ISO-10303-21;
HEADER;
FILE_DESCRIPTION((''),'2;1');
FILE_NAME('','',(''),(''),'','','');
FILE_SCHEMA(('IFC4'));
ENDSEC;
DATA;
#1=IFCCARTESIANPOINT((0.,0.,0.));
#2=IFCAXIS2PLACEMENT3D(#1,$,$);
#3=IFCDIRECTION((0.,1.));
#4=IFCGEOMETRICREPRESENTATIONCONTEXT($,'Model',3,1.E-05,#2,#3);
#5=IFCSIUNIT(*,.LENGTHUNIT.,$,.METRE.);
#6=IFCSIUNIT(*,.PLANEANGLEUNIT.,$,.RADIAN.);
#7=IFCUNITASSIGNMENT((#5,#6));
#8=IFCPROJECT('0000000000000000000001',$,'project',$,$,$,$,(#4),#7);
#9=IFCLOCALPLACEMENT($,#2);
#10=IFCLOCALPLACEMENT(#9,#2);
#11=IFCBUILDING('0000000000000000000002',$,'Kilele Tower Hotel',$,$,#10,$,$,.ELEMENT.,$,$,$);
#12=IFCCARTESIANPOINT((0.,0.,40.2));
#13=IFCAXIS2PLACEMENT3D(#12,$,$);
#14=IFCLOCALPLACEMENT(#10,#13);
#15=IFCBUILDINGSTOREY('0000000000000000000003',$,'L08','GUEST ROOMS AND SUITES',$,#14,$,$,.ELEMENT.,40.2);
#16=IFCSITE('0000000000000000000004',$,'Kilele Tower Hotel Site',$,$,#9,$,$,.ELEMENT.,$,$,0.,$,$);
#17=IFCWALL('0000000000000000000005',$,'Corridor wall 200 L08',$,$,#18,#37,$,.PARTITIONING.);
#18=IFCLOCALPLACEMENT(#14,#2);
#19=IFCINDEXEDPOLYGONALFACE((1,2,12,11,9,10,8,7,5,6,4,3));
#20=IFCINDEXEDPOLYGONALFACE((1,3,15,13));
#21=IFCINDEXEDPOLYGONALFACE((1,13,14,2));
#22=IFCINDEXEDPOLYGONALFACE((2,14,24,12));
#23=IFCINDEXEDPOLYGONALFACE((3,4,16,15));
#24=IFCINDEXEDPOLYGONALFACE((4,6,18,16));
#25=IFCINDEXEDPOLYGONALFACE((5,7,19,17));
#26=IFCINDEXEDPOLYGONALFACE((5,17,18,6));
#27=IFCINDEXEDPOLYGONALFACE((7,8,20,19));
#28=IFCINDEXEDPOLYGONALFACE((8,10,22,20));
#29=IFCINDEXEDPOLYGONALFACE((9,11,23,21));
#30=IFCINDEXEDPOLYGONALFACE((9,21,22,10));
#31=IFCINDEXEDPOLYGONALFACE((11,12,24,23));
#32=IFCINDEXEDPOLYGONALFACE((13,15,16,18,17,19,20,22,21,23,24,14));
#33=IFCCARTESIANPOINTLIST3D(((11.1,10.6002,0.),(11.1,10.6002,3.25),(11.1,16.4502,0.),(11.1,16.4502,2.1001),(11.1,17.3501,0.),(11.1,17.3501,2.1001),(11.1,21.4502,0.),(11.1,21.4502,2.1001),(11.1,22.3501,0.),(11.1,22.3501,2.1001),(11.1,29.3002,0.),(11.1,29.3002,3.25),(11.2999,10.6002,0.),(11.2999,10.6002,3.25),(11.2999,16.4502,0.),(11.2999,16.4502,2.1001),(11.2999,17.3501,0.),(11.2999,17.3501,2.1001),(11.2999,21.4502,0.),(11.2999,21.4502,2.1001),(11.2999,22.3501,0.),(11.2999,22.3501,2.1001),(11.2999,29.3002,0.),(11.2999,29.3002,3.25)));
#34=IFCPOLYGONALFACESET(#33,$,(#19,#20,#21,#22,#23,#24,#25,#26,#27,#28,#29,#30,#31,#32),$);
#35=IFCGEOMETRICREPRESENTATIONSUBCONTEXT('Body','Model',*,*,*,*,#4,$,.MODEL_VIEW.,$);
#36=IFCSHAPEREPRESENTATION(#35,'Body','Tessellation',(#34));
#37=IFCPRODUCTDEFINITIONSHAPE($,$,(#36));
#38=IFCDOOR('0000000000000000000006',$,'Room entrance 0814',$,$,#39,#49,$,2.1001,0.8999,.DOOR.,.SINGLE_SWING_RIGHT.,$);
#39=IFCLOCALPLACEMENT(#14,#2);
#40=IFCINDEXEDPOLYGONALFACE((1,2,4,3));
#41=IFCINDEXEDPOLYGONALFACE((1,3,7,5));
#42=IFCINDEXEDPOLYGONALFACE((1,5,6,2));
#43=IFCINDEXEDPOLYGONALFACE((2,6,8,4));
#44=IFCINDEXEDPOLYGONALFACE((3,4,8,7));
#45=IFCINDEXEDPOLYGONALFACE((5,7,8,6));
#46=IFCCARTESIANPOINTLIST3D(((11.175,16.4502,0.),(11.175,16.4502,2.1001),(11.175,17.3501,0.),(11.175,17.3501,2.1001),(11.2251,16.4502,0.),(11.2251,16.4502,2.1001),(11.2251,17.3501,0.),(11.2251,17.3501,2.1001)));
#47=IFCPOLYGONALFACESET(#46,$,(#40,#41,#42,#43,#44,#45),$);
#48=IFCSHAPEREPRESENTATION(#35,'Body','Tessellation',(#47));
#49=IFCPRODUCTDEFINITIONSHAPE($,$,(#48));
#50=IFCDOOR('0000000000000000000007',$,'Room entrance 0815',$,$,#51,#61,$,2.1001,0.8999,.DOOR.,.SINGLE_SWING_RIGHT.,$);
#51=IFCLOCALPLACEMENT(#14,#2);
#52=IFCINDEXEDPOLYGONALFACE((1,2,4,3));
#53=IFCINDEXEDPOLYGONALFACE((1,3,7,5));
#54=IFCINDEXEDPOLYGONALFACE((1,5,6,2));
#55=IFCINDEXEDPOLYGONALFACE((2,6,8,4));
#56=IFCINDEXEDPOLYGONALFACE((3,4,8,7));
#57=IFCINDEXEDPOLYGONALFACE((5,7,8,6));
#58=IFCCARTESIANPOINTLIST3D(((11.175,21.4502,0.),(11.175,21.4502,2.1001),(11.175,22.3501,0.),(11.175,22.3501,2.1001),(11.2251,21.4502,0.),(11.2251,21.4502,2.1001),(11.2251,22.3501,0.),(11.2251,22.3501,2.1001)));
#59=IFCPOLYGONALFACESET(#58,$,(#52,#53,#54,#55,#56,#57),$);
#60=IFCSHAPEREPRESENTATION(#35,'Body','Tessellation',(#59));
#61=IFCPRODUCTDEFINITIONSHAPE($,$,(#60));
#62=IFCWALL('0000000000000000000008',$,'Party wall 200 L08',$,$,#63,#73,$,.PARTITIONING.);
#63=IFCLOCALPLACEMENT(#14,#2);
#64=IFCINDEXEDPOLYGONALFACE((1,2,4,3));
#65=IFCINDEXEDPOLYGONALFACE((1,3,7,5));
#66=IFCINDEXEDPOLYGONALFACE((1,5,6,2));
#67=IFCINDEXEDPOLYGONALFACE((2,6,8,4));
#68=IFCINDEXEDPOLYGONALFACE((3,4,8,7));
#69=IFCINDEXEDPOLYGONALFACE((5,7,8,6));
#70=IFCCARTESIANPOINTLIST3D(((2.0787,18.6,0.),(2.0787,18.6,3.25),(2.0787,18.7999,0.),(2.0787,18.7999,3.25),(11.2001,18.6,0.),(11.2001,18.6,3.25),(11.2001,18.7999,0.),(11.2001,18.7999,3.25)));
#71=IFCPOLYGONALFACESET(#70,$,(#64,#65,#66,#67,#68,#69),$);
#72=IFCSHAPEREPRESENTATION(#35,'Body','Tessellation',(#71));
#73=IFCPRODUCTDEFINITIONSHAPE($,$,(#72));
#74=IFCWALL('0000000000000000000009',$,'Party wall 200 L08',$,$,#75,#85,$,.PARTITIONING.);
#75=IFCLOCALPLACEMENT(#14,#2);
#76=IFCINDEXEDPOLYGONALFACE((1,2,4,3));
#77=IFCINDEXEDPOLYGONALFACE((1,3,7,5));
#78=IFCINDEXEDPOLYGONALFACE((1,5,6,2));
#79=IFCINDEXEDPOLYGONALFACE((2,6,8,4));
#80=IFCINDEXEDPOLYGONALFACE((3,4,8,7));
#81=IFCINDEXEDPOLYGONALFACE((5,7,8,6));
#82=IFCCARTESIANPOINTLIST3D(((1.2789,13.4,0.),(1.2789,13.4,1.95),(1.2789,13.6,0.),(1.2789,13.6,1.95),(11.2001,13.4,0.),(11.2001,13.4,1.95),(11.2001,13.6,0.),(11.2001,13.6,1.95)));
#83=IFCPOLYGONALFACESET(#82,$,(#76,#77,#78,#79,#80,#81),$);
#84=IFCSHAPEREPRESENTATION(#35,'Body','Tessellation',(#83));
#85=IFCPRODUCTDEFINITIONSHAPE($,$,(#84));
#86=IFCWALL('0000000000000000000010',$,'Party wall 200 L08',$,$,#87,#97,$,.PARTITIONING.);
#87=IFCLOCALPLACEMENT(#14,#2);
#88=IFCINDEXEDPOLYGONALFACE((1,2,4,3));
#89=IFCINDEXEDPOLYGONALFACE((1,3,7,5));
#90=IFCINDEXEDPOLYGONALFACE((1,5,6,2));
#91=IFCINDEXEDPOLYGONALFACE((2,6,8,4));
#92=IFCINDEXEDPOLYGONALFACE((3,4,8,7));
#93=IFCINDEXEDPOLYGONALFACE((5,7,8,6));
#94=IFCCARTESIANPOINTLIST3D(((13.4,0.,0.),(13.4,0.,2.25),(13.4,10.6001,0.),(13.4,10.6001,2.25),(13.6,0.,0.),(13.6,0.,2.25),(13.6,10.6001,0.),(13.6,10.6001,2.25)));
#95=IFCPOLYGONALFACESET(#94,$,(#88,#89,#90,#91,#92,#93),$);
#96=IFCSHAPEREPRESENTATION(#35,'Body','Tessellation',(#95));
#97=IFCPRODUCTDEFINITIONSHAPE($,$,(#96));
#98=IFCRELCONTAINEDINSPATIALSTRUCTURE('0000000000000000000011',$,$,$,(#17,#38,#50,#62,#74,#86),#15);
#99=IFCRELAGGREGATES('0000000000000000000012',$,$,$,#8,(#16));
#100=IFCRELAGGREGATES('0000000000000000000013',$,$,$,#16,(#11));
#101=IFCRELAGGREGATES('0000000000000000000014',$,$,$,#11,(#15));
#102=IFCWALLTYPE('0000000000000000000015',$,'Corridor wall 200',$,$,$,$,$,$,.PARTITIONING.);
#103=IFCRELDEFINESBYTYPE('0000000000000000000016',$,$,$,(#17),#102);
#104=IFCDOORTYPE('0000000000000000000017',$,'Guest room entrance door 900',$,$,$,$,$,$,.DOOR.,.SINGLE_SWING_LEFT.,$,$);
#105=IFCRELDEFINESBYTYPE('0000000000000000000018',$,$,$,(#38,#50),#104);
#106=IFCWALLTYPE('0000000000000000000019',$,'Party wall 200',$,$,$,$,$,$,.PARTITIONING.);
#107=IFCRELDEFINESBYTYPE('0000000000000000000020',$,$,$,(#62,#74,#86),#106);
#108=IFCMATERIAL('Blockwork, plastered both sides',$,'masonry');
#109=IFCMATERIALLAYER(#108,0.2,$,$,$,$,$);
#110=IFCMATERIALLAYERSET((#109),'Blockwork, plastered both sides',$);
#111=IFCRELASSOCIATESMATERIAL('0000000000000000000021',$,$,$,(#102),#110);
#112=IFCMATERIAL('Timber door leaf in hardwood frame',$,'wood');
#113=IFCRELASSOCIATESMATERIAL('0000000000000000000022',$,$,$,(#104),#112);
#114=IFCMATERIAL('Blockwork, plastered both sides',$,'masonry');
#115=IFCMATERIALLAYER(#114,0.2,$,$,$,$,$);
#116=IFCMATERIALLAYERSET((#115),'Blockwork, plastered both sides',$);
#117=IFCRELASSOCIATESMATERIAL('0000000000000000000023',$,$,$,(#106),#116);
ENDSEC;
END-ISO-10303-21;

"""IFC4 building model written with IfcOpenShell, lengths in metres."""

from ifc_helpers import new_model, si_unit, direction, frame, frame_2d, origin, place, context, subcontext, project, spatial, rectangle, extrude, material, layer, layer_set, type_object, element, fill, save


model = new_model("IFC4")

# Units and contexts
model_context = context("Model", 3, precision=1e-05, world=origin(), true_north=direction((0.0, 1.0)))
body_context = subcontext(model_context, "Body", "Model", "MODEL_VIEW")
ifc_project = project(units=[si_unit("LENGTHUNIT", "METRE"), si_unit("PLANEANGLEUNIT", "RADIAN")], contexts=[model_context])

# Site, building, storey
site_placement = place(None, origin())
site = spatial("IfcSite", under=ifc_project, at=site_placement, Name="Kilele Tower Hotel Site", CompositionType="ELEMENT", RefElevation=0.0)
building_placement = place(site_placement, origin())
building = spatial("IfcBuilding", under=site, at=building_placement, Name="Kilele Tower Hotel", CompositionType="ELEMENT")
storey_placement = place(building_placement, frame((0.0, 0.0, 40.2)))
storey = spatial("IfcBuildingStorey", under=building, at=storey_placement, Name="L08", Description="GUEST ROOMS AND SUITES", CompositionType="ELEMENT", Elevation=40.2)

# Wall, openings, doors
ifc_material_1 = material(Name="Blockwork, plastered both sides", Category="masonry")
ifc_layer_1 = layer(ifc_material_1, 0.2)
ifc_layer_set_1 = layer_set([ifc_layer_1], Name="Blockwork, plastered both sides")
wall_type_1 = type_object("IfcWallType", Name="Corridor wall 200", PredefinedType="PARTITIONING", material=ifc_layer_set_1)
ifc_material_2 = material(Name="Timber door leaf in hardwood frame", Category="wood")
door_type_1 = type_object("IfcDoorType", Name="Guest room entrance door 900", OperationType="SINGLE_SWING_LEFT", PredefinedType="DOOR", material=ifc_material_2)
wall_1_placement = place(storey_placement, frame((11.2, 10.6001, 0.0), z_axis=(0.0, 0.0, 1.0), x_axis=(0.0, 1.0, 0.0)))
wall_1 = element("IfcWall", 1, at=wall_1_placement, inside=storey, type_object=wall_type_1, Name="Corridor wall 200 L08", PredefinedType="PARTITIONING", context=body_context, shape_type="SweptSolid", body=[
    extrude(rectangle(XDim=18.7, YDim=0.2, at=frame_2d((9.3501, 0.0))), origin(), (0.0, 0.0, 1.0), 3.25),
])
opening_1_placement = place(wall_1_placement, frame((5.8501, 0.0, 0.0)))
opening_1 = element("IfcOpeningElement", 2, at=opening_1_placement, cuts=wall_1, PredefinedType="OPENING", context=body_context, shape_type="SweptSolid", body=[
    extrude(rectangle(XDim=0.8999, YDim=2.1001, at=frame_2d((0.45, 1.05))), frame((0.0, 0.1099, 0.0), z_axis=(0.0, -1.0, 0.0), x_axis=(1.0, 0.0, 0.0)), (0.0, 0.0, 1.0), 0.22),
])
opening_2_placement = place(wall_1_placement, frame((10.8501, 0.0, 0.0)))
opening_2 = element("IfcOpeningElement", 3, at=opening_2_placement, cuts=wall_1, PredefinedType="OPENING", context=body_context, shape_type="SweptSolid", body=[
    extrude(rectangle(XDim=0.8999, YDim=2.1001, at=frame_2d((0.45, 1.05))), frame((0.0, 0.1099, 0.0), z_axis=(0.0, -1.0, 0.0), x_axis=(1.0, 0.0, 0.0)), (0.0, 0.0, 1.0), 0.22),
])
door_1_placement = place(opening_1_placement, origin())
door_1 = element("IfcDoor", 4, at=door_1_placement, inside=storey, type_object=door_type_1, Name="Room entrance 0814", OperationType="SINGLE_SWING_RIGHT", OverallHeight=2.1001, OverallWidth=0.8999, PredefinedType="DOOR", context=body_context, shape_type="SweptSolid", body=[
    extrude(rectangle(XDim=0.8999, YDim=2.1001, at=frame_2d((0.45, 1.05))), frame((0.0, 0.0249, 0.0), z_axis=(0.0, -1.0, 0.0), x_axis=(1.0, 0.0, 0.0)), (0.0, 0.0, 1.0), 0.05),
])
fill(opening_1, door_1)
door_2_placement = place(opening_2_placement, origin())
door_2 = element("IfcDoor", 5, at=door_2_placement, inside=storey, type_object=door_type_1, Name="Room entrance 0815", OperationType="SINGLE_SWING_RIGHT", OverallHeight=2.1001, OverallWidth=0.8999, PredefinedType="DOOR", context=body_context, shape_type="SweptSolid", body=[
    extrude(rectangle(XDim=0.8999, YDim=2.1001, at=frame_2d((0.45, 1.05))), frame((0.0, 0.0249, 0.0), z_axis=(0.0, -1.0, 0.0), x_axis=(1.0, 0.0, 0.0)), (0.0, 0.0, 1.0), 0.05),
])
fill(opening_2, door_2)

# Walls
ifc_material_3 = material(Name="Blockwork, plastered both sides", Category="masonry")
ifc_layer_2 = layer(ifc_material_3, 0.2)
ifc_layer_set_2 = layer_set([ifc_layer_2], Name="Blockwork, plastered both sides")
wall_type_2 = type_object("IfcWallType", Name="Party wall 200", PredefinedType="PARTITIONING", material=ifc_layer_set_2)
wall_2_placement = place(storey_placement, frame((11.2, 18.7, 0.0), z_axis=(0.0, 0.0, 1.0), x_axis=(-1.0, 0.0, 0.0)))
element("IfcWall", 6, at=wall_2_placement, inside=storey, type_object=wall_type_2, Name="Party wall 200 L08", PredefinedType="PARTITIONING", context=body_context, shape_type="SweptSolid", body=[
    extrude(rectangle(XDim=9.1213, YDim=0.2, at=frame_2d((4.5605, 0.0))), origin(), (0.0, 0.0, 1.0), 3.25),
])
wall_3_placement = place(storey_placement, frame((11.2, 13.5, 0.0), z_axis=(0.0, 0.0, 1.0), x_axis=(-1.0, 0.0, 0.0)))
element("IfcWall", 7, at=wall_3_placement, inside=storey, type_object=wall_type_2, Name="Party wall 200 L08", PredefinedType="PARTITIONING", context=body_context, shape_type="SweptSolid", body=[
    extrude(rectangle(XDim=9.9211, YDim=0.2, at=frame_2d((4.9604, 0.0))), origin(), (0.0, 0.0, 1.0), 1.95),
])
wall_4_placement = place(storey_placement, frame((13.5, 10.6001, 0.0), z_axis=(0.0, 0.0, 1.0), x_axis=(0.0, -1.0, 0.0)))
element("IfcWall", 8, at=wall_4_placement, inside=storey, type_object=wall_type_2, Name="Party wall 200 L08", PredefinedType="PARTITIONING", context=body_context, shape_type="SweptSolid", body=[
    extrude(rectangle(XDim=10.6001, YDim=0.2, at=frame_2d((5.3, 0.0))), origin(), (0.0, 0.0, 1.0), 2.25),
])

save(model, "model.ifc")
